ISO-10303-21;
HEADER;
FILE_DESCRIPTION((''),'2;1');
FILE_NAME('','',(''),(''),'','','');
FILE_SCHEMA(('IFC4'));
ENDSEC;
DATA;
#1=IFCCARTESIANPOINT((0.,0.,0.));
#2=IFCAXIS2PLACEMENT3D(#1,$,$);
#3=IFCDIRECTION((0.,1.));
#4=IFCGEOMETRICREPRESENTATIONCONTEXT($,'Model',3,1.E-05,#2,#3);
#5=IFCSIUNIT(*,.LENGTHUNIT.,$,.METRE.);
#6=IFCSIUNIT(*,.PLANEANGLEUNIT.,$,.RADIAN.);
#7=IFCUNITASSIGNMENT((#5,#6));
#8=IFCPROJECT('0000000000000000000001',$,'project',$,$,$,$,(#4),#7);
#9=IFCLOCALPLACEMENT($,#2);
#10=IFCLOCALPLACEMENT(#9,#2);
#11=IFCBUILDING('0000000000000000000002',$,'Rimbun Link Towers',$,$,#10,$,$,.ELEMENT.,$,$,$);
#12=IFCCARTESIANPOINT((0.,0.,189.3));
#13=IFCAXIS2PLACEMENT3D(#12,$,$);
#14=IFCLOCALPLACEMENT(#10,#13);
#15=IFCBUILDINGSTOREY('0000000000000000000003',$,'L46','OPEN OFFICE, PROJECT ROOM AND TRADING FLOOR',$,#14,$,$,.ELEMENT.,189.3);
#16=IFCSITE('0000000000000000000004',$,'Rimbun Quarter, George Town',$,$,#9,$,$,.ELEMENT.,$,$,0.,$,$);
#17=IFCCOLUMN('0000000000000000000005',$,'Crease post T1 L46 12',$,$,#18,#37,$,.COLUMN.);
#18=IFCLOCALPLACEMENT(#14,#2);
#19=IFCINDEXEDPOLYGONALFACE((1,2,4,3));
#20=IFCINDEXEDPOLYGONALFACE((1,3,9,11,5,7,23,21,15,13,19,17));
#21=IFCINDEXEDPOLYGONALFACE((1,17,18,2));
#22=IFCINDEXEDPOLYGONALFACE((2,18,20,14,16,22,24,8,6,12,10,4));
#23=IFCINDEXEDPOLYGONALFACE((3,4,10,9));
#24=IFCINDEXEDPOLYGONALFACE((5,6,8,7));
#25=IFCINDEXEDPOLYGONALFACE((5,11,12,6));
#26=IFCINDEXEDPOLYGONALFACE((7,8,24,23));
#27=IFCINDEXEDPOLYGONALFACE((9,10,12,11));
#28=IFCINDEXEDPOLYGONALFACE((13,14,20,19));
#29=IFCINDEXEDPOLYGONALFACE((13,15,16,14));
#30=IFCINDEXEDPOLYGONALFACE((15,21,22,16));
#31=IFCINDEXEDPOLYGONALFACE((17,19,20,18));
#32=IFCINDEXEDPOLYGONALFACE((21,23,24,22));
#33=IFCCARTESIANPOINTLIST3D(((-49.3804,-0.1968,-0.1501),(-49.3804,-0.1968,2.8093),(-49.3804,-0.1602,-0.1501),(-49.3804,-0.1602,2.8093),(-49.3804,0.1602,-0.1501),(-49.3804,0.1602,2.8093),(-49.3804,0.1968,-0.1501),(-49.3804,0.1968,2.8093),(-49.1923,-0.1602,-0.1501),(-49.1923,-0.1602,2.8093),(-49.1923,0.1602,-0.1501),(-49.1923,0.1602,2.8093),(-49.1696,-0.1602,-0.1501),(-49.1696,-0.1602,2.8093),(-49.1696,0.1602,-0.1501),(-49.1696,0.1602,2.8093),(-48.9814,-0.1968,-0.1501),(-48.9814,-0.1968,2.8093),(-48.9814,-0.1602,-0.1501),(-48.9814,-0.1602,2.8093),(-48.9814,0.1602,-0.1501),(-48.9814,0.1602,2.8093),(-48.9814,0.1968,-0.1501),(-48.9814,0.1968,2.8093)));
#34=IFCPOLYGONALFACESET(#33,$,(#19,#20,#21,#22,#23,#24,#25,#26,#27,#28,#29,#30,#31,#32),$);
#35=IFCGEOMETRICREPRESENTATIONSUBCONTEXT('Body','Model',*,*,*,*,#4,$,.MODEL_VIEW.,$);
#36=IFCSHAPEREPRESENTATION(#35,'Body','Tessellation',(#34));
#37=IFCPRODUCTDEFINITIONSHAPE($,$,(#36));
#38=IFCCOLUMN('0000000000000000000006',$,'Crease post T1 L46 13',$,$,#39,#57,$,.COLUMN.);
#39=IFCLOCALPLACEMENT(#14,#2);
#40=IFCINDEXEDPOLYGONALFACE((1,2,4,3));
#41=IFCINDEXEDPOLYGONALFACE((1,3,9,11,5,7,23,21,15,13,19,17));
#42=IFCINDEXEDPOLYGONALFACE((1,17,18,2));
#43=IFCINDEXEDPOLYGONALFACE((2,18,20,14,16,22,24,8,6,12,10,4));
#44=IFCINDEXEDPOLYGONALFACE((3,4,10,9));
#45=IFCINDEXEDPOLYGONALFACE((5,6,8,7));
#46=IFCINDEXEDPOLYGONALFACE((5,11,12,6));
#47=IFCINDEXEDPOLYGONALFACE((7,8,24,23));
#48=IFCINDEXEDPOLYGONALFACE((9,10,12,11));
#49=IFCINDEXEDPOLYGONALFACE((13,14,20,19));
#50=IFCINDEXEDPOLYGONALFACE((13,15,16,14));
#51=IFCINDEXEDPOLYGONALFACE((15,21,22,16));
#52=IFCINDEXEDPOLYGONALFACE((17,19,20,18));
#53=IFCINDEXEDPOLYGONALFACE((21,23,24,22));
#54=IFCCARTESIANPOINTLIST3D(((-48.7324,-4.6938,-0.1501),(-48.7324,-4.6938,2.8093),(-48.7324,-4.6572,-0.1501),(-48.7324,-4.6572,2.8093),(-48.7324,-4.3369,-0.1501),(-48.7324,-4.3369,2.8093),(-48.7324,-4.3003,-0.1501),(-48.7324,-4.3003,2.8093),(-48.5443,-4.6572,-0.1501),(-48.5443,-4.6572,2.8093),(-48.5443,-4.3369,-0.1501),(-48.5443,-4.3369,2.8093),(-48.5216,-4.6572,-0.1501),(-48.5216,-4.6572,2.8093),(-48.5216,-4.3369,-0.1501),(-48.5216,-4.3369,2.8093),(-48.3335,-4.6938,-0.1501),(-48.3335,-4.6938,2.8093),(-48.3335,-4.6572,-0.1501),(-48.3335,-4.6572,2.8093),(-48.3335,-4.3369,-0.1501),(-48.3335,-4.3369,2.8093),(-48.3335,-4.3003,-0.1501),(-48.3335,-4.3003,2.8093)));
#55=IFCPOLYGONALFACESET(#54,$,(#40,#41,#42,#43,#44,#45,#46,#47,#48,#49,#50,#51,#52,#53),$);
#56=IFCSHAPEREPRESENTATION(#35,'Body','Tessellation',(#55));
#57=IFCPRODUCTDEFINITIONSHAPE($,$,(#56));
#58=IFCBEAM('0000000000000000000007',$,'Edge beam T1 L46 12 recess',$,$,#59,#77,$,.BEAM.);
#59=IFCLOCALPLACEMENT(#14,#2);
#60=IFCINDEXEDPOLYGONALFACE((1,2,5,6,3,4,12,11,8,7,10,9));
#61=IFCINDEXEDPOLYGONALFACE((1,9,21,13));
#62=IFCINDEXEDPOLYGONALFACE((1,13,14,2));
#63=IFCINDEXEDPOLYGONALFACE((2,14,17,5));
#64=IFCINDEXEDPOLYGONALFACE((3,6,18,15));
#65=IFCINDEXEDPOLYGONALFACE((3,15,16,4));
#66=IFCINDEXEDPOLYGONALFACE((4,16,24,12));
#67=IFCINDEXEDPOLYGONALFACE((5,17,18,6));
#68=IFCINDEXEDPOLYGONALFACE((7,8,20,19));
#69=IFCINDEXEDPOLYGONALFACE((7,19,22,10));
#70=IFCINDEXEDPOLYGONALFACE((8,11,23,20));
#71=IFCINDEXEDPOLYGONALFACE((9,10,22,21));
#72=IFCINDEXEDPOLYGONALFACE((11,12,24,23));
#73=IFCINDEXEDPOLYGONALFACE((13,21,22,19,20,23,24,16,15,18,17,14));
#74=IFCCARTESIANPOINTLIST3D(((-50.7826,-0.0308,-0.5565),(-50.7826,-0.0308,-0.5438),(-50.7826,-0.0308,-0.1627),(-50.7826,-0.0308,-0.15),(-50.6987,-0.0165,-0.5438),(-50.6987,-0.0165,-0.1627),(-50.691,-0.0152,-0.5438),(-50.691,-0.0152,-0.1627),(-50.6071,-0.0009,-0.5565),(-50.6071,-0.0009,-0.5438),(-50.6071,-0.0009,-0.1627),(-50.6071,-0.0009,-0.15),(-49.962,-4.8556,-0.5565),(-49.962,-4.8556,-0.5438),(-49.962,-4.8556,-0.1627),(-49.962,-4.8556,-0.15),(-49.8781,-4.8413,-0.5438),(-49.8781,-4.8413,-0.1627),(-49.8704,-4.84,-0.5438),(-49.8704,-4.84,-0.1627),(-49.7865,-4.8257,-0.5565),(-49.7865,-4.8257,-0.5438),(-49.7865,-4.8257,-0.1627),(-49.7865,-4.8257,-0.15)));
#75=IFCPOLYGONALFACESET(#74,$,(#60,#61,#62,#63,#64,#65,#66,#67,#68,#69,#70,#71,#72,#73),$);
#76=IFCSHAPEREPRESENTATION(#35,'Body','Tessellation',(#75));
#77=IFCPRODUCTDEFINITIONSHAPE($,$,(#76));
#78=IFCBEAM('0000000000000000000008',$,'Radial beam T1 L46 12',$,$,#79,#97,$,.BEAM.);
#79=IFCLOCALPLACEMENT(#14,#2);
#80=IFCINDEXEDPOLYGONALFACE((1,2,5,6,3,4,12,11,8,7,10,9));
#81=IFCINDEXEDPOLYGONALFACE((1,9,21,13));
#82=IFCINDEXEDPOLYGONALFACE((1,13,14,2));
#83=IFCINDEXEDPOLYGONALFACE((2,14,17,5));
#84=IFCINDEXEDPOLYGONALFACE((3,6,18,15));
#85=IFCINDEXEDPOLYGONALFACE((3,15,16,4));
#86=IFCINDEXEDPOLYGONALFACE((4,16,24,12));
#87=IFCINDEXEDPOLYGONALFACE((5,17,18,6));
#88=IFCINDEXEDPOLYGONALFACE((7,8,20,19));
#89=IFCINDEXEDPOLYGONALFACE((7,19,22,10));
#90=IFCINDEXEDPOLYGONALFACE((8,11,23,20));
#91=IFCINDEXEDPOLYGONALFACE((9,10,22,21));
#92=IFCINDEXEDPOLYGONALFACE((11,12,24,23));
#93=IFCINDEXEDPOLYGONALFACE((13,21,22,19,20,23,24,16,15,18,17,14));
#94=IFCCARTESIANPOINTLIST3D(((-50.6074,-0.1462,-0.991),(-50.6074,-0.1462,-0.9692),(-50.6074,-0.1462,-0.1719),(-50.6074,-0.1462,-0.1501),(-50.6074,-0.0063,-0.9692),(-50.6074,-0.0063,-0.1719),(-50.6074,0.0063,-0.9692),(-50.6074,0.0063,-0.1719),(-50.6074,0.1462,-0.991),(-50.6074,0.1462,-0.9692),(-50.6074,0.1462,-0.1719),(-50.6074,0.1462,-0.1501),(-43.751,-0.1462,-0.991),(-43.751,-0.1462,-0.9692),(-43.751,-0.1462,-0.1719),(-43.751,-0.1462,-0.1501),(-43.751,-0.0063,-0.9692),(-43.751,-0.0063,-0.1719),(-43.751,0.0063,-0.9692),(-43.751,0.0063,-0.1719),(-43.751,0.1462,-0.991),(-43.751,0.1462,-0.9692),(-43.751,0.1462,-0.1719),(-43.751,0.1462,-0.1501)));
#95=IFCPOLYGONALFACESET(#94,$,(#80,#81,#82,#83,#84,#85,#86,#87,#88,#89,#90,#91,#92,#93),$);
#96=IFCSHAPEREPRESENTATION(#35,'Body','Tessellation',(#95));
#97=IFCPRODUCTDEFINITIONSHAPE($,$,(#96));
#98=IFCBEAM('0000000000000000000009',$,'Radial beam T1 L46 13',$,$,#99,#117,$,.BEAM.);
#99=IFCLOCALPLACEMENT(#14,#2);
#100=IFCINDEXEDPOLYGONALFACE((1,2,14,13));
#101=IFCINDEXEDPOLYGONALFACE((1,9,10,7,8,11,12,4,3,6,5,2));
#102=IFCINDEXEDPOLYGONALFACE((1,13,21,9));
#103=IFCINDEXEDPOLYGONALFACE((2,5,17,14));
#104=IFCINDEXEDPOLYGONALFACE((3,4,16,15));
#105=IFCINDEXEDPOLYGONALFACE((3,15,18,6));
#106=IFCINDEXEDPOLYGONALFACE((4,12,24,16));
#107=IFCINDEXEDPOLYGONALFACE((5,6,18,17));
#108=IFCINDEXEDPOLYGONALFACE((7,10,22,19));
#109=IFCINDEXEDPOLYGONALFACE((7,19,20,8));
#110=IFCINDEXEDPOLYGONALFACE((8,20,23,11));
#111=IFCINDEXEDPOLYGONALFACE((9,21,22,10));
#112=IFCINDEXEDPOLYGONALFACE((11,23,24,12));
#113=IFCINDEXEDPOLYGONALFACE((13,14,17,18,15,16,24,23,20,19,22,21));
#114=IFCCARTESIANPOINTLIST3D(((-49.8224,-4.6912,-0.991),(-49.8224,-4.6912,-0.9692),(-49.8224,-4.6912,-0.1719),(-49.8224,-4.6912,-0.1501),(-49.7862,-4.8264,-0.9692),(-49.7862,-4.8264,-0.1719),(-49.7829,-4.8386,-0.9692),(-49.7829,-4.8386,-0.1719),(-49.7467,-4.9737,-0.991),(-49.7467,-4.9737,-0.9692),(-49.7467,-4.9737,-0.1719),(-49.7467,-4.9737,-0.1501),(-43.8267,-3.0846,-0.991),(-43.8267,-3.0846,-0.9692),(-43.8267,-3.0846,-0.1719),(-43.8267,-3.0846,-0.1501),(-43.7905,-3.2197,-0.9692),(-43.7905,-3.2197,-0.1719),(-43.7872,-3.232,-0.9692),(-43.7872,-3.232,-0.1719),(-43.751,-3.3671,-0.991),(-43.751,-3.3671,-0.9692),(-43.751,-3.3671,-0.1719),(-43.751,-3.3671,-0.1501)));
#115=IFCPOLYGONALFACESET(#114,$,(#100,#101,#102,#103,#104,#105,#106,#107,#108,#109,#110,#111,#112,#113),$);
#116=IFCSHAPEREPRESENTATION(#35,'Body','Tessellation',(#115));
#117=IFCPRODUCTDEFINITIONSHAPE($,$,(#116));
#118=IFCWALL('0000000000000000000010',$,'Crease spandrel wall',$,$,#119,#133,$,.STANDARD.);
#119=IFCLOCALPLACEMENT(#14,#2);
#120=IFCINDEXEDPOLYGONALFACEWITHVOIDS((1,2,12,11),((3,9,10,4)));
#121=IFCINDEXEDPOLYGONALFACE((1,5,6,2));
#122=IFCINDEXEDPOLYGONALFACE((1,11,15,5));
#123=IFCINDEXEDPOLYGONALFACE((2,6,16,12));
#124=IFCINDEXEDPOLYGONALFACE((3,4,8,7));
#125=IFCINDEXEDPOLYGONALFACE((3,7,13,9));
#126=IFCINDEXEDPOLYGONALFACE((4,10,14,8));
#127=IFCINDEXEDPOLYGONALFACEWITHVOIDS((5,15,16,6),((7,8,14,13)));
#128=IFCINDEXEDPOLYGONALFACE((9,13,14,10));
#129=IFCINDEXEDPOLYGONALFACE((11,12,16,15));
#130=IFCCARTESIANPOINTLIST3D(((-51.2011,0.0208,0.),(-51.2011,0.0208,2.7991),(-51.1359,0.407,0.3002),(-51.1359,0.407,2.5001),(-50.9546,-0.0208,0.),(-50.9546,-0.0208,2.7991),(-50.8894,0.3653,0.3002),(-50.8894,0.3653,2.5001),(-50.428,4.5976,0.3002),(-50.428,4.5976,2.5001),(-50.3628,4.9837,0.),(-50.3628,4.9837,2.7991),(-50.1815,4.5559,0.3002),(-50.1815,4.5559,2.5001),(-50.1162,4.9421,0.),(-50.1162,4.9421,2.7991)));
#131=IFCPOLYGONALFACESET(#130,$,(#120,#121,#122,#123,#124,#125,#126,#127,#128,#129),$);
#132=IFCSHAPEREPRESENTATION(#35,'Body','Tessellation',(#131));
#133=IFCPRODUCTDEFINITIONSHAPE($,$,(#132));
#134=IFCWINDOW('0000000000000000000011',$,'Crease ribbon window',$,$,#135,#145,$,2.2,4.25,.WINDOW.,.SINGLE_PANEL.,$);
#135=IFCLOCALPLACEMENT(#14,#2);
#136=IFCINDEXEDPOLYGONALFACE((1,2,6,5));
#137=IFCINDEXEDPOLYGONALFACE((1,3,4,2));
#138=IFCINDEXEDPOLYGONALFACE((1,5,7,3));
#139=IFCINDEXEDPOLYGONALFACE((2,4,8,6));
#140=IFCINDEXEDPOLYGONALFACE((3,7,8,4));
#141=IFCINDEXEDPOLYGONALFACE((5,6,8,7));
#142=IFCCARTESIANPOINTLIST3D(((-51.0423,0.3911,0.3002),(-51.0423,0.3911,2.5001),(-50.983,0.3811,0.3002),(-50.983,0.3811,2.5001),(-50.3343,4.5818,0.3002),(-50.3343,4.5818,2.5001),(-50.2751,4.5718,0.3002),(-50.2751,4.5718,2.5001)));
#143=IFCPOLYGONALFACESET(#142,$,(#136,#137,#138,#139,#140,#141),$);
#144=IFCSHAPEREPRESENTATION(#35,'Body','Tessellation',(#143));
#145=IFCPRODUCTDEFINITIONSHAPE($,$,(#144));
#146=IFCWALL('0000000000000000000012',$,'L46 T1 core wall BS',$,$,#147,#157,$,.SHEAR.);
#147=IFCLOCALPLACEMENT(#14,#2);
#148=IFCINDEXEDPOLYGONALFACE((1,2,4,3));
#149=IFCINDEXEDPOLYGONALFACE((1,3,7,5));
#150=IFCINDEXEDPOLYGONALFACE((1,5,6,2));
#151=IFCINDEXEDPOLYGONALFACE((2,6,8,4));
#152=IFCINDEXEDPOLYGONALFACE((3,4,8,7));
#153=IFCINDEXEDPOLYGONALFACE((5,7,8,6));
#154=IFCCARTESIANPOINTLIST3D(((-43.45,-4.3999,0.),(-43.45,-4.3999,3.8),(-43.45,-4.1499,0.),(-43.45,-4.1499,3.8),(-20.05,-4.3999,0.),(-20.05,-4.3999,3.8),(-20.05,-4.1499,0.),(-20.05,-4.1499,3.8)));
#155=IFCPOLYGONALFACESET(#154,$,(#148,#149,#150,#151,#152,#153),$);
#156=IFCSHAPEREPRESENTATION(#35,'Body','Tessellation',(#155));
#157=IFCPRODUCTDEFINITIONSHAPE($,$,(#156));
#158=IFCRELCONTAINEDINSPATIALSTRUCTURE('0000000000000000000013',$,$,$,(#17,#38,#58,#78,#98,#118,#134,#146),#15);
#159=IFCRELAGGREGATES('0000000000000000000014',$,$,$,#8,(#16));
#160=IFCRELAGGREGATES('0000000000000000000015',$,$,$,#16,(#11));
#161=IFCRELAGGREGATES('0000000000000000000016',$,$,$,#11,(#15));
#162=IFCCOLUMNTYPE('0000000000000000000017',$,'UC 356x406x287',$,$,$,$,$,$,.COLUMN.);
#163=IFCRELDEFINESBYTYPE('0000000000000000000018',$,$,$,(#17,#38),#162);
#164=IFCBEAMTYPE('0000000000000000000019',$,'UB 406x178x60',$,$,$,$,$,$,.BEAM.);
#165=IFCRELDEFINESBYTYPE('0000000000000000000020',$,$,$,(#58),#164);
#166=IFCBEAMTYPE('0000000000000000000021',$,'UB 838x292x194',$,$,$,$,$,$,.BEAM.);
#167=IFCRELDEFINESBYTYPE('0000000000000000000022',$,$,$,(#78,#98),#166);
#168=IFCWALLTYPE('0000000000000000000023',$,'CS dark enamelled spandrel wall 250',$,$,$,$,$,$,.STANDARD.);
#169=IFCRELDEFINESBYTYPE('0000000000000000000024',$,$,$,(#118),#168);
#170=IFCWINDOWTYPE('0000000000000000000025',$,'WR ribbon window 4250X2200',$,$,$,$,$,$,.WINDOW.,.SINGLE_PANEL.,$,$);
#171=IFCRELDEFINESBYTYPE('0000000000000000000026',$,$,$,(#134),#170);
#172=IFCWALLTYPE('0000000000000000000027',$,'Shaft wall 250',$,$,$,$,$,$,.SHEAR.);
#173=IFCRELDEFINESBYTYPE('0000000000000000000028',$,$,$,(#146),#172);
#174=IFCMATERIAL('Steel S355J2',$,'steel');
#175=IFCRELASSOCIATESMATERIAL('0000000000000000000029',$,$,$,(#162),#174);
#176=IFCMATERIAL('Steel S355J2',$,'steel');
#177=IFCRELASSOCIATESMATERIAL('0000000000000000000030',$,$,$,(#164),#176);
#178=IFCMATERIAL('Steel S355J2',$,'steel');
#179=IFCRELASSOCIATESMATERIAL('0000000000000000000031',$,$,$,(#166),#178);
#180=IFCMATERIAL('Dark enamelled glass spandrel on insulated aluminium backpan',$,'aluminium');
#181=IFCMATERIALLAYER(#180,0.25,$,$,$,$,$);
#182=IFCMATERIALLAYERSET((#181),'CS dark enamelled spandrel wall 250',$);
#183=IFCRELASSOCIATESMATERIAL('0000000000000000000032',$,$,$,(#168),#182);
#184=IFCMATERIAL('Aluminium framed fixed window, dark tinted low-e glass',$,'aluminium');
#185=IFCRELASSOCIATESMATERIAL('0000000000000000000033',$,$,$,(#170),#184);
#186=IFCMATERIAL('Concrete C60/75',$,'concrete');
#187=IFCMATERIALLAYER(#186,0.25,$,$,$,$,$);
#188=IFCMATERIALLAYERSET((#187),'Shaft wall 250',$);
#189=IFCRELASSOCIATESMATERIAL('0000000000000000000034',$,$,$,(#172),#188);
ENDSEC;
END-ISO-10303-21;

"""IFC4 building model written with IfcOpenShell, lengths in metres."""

from ifc_helpers import new_model, si_unit, direction, frame, frame_2d, origin, origin_2d, place, context, subcontext, project, spatial, rectangle, i_section, extrude, material, layer, layer_set, material_profile, profile_set, type_object, element, fill, save


model = new_model("IFC4")

# Units and contexts
model_context = context("Model", 3, precision=1e-05, world=origin(), true_north=direction((0.0, 1.0)))
body_context = subcontext(model_context, "Body", "Model", "MODEL_VIEW")
ifc_project = project(units=[si_unit("LENGTHUNIT", "METRE"), si_unit("PLANEANGLEUNIT", "RADIAN")], contexts=[model_context])

# Site, building, storey
site_placement = place(None, origin())
site = spatial("IfcSite", under=ifc_project, at=site_placement, Name="Rimbun Quarter, George Town", CompositionType="ELEMENT", RefElevation=0.0)
building_placement = place(site_placement, origin())
building = spatial("IfcBuilding", under=site, at=building_placement, Name="Rimbun Link Towers", CompositionType="ELEMENT")
storey_placement = place(building_placement, frame((0.0, 0.0, 189.3)))
storey = spatial("IfcBuildingStorey", under=building, at=storey_placement, Name="L46", Description="OPEN OFFICE, PROJECT ROOM AND TRADING FLOOR", CompositionType="ELEMENT", Elevation=189.3)

# Columns
ifc_material_1 = material(Name="Steel S355J2", Category="steel")
ifc_material_profile_1 = material_profile(ifc_material_1, i_section(OverallWidth=0.3989, OverallDepth=0.3936, WebThickness=0.0227, FlangeThickness=0.0366, at=origin_2d()), Name="UC 356x406x287")
ifc_profile_set_1 = profile_set([ifc_material_profile_1], Name="Steel S355J2")
column_type = type_object("IfcColumnType", Name="UC 356x406x287", PredefinedType="COLUMN", material=ifc_profile_set_1)
for number, where, z_axis, x_axis, name in (
    (1, (-49.1809, 0.0, -0.1501), (0.0, 0.0, 1.0), (1.0, 0.0, 0.0), "Crease post T1 L46 12"),
    (2, (-48.533, -4.4971, -0.1501), (0.0, 0.0, 1.0), (1.0, 0.0, 0.0), "Crease post T1 L46 13"),
):
    element("IfcColumn", number, at=place(storey_placement, frame(where, z_axis=z_axis, x_axis=x_axis)), inside=storey, type_object=column_type, Name=name, PredefinedType="COLUMN", context=body_context, shape_type="SweptSolid", body=[
        extrude(i_section(OverallWidth=0.3989, OverallDepth=0.3936, WebThickness=0.0227, FlangeThickness=0.0366, at=origin_2d()), origin(), (0.0, 0.0, 1.0), 2.9595),
    ])

# Beams
ifc_material_2 = material(Name="Steel S355J2", Category="steel")
ifc_material_profile_2 = material_profile(ifc_material_2, i_section(OverallWidth=0.178, OverallDepth=0.4065, WebThickness=0.0078, FlangeThickness=0.0127, at=origin_2d()), Name="UB 406x178x60")
ifc_profile_set_2 = profile_set([ifc_material_profile_2], Name="Steel S355J2")
beam_type_1 = type_object("IfcBeamType", Name="UB 406x178x60", PredefinedType="BEAM", material=ifc_profile_set_2)
beam_1_placement = place(storey_placement, frame((-50.6948, -0.0159, -0.3533), z_axis=(0.167666, -0.985844, 0.0), x_axis=(0.985844, 0.167666, 0.0)))
element("IfcBeam", 3, at=beam_1_placement, inside=storey, type_object=beam_type_1, Name="Edge beam T1 L46 12 recess", PredefinedType="BEAM", context=body_context, shape_type="SweptSolid", body=[
    extrude(i_section(OverallWidth=0.178, OverallDepth=0.4065, WebThickness=0.0078, FlangeThickness=0.0127, at=origin_2d()), origin(), (0.0, 0.0, 1.0), 4.894),
])
ifc_material_3 = material(Name="Steel S355J2", Category="steel")
ifc_material_profile_3 = material_profile(ifc_material_3, i_section(OverallWidth=0.2925, OverallDepth=0.8408, WebThickness=0.0127, FlangeThickness=0.0217, at=origin_2d()), Name="UB 838x292x194")
ifc_profile_set_3 = profile_set([ifc_material_profile_3], Name="Steel S355J2")
beam_type_2 = type_object("IfcBeamType", Name="UB 838x292x194", PredefinedType="BEAM", material=ifc_profile_set_3)
beam_2_placement = place(storey_placement, frame((-43.751, 0.0, -0.5706), z_axis=(-1.0, 0.0, 0.0), x_axis=(0.0, -1.0, 0.0)))
element("IfcBeam", 4, at=beam_2_placement, inside=storey, type_object=beam_type_2, Name="Radial beam T1 L46 12", PredefinedType="BEAM", context=body_context, shape_type="SweptSolid", body=[
    extrude(i_section(OverallWidth=0.2925, OverallDepth=0.8408, WebThickness=0.0127, FlangeThickness=0.0217, at=origin_2d()), origin(), (0.0, 0.0, 1.0), 6.8564),
])
beam_3_placement = place(storey_placement, frame((-43.7888, -3.2258, -0.5706), z_axis=(-0.965922, -0.258835, 0.0), x_axis=(0.258835, -0.965922, 0.0)))
element("IfcBeam", 5, at=beam_3_placement, inside=storey, type_object=beam_type_2, Name="Radial beam T1 L46 13", PredefinedType="BEAM", context=body_context, shape_type="SweptSolid", body=[
    extrude(i_section(OverallWidth=0.2925, OverallDepth=0.8408, WebThickness=0.0127, FlangeThickness=0.0217, at=origin_2d()), origin(), (0.0, 0.0, 1.0), 6.2073),
])

# Wall, opening, window
ifc_material_4 = material(Name="Dark enamelled glass spandrel on insulated aluminium backpan", Category="aluminium")
ifc_layer_1 = layer(ifc_material_4, 0.25)
ifc_layer_set_1 = layer_set([ifc_layer_1], Name="CS dark enamelled spandrel wall 250")
wall_type_1 = type_object("IfcWallType", Name="CS dark enamelled spandrel wall 250", PredefinedType="STANDARD", material=ifc_layer_set_1)
wall_1_placement = place(storey_placement, frame((-51.0779, 0.0, 0.0), z_axis=(0.0, 0.0, 1.0), x_axis=(0.16657, 0.98603, 0.0)))
wall_1 = element("IfcWall", 6, at=wall_1_placement, inside=storey, type_object=wall_type_1, Name="Crease spandrel wall", PredefinedType="STANDARD", context=body_context, shape_type="SweptSolid", body=[
    extrude(rectangle(XDim=5.0332, YDim=0.25, at=frame_2d((2.5166, 0.0))), origin(), (0.0, 0.0, 1.0), 2.7991),
])
opening_1_placement = place(wall_1_placement, frame((0.3916, 0.0, 0.3)))
opening_1 = element("IfcOpeningElement", 7, at=opening_1_placement, cuts=wall_1, PredefinedType="OPENING", context=body_context, shape_type="SweptSolid", body=[
    extrude(rectangle(XDim=4.25, YDim=2.2, at=frame_2d((2.125, 1.1001))), frame((0.0, 0.135, 0.0), z_axis=(0.0, -1.0, 0.0), x_axis=(1.0, 0.0, 0.0)), (0.0, 0.0, 1.0), 0.27),
])
ifc_material_5 = material(Name="Aluminium framed fixed window, dark tinted low-e glass", Category="aluminium")
window_type = type_object("IfcWindowType", Name="WR ribbon window 4250X2200", PartitioningType="SINGLE_PANEL", PredefinedType="WINDOW", material=ifc_material_5)
window_placement = place(opening_1_placement, origin())
window = element("IfcWindow", 8, at=window_placement, inside=storey, type_object=window_type, Name="Crease ribbon window", OverallHeight=2.2, OverallWidth=4.25, PartitioningType="SINGLE_PANEL", PredefinedType="WINDOW", context=body_context, shape_type="SweptSolid", body=[
    extrude(rectangle(XDim=4.25, YDim=2.2, at=frame_2d((2.125, 1.1001))), frame((0.0, 0.03, 0.0), z_axis=(0.0, -1.0, 0.0), x_axis=(1.0, 0.0, 0.0)), (0.0, 0.0, 1.0), 0.0601),
])
fill(opening_1, window)

# Wall
ifc_material_6 = material(Name="Concrete C60/75", Category="concrete")
ifc_layer_2 = layer(ifc_material_6, 0.25)
ifc_layer_set_2 = layer_set([ifc_layer_2], Name="Shaft wall 250")
wall_type_2 = type_object("IfcWallType", Name="Shaft wall 250", PredefinedType="SHEAR", material=ifc_layer_set_2)
wall_2_placement = place(storey_placement, frame((-43.45, -4.2749, 0.0), z_axis=(0.0, 0.0, 1.0), x_axis=(1.0, 0.0, 0.0)))
element("IfcWall", 9, at=wall_2_placement, inside=storey, type_object=wall_type_2, Name="L46 T1 core wall BS", PredefinedType="SHEAR", context=body_context, shape_type="SweptSolid", body=[
    extrude(rectangle(XDim=23.3999, YDim=0.25, at=frame_2d((11.7, 0.0))), origin(), (0.0, 0.0, 1.0), 3.8),
])

save(model, "model.ifc")
